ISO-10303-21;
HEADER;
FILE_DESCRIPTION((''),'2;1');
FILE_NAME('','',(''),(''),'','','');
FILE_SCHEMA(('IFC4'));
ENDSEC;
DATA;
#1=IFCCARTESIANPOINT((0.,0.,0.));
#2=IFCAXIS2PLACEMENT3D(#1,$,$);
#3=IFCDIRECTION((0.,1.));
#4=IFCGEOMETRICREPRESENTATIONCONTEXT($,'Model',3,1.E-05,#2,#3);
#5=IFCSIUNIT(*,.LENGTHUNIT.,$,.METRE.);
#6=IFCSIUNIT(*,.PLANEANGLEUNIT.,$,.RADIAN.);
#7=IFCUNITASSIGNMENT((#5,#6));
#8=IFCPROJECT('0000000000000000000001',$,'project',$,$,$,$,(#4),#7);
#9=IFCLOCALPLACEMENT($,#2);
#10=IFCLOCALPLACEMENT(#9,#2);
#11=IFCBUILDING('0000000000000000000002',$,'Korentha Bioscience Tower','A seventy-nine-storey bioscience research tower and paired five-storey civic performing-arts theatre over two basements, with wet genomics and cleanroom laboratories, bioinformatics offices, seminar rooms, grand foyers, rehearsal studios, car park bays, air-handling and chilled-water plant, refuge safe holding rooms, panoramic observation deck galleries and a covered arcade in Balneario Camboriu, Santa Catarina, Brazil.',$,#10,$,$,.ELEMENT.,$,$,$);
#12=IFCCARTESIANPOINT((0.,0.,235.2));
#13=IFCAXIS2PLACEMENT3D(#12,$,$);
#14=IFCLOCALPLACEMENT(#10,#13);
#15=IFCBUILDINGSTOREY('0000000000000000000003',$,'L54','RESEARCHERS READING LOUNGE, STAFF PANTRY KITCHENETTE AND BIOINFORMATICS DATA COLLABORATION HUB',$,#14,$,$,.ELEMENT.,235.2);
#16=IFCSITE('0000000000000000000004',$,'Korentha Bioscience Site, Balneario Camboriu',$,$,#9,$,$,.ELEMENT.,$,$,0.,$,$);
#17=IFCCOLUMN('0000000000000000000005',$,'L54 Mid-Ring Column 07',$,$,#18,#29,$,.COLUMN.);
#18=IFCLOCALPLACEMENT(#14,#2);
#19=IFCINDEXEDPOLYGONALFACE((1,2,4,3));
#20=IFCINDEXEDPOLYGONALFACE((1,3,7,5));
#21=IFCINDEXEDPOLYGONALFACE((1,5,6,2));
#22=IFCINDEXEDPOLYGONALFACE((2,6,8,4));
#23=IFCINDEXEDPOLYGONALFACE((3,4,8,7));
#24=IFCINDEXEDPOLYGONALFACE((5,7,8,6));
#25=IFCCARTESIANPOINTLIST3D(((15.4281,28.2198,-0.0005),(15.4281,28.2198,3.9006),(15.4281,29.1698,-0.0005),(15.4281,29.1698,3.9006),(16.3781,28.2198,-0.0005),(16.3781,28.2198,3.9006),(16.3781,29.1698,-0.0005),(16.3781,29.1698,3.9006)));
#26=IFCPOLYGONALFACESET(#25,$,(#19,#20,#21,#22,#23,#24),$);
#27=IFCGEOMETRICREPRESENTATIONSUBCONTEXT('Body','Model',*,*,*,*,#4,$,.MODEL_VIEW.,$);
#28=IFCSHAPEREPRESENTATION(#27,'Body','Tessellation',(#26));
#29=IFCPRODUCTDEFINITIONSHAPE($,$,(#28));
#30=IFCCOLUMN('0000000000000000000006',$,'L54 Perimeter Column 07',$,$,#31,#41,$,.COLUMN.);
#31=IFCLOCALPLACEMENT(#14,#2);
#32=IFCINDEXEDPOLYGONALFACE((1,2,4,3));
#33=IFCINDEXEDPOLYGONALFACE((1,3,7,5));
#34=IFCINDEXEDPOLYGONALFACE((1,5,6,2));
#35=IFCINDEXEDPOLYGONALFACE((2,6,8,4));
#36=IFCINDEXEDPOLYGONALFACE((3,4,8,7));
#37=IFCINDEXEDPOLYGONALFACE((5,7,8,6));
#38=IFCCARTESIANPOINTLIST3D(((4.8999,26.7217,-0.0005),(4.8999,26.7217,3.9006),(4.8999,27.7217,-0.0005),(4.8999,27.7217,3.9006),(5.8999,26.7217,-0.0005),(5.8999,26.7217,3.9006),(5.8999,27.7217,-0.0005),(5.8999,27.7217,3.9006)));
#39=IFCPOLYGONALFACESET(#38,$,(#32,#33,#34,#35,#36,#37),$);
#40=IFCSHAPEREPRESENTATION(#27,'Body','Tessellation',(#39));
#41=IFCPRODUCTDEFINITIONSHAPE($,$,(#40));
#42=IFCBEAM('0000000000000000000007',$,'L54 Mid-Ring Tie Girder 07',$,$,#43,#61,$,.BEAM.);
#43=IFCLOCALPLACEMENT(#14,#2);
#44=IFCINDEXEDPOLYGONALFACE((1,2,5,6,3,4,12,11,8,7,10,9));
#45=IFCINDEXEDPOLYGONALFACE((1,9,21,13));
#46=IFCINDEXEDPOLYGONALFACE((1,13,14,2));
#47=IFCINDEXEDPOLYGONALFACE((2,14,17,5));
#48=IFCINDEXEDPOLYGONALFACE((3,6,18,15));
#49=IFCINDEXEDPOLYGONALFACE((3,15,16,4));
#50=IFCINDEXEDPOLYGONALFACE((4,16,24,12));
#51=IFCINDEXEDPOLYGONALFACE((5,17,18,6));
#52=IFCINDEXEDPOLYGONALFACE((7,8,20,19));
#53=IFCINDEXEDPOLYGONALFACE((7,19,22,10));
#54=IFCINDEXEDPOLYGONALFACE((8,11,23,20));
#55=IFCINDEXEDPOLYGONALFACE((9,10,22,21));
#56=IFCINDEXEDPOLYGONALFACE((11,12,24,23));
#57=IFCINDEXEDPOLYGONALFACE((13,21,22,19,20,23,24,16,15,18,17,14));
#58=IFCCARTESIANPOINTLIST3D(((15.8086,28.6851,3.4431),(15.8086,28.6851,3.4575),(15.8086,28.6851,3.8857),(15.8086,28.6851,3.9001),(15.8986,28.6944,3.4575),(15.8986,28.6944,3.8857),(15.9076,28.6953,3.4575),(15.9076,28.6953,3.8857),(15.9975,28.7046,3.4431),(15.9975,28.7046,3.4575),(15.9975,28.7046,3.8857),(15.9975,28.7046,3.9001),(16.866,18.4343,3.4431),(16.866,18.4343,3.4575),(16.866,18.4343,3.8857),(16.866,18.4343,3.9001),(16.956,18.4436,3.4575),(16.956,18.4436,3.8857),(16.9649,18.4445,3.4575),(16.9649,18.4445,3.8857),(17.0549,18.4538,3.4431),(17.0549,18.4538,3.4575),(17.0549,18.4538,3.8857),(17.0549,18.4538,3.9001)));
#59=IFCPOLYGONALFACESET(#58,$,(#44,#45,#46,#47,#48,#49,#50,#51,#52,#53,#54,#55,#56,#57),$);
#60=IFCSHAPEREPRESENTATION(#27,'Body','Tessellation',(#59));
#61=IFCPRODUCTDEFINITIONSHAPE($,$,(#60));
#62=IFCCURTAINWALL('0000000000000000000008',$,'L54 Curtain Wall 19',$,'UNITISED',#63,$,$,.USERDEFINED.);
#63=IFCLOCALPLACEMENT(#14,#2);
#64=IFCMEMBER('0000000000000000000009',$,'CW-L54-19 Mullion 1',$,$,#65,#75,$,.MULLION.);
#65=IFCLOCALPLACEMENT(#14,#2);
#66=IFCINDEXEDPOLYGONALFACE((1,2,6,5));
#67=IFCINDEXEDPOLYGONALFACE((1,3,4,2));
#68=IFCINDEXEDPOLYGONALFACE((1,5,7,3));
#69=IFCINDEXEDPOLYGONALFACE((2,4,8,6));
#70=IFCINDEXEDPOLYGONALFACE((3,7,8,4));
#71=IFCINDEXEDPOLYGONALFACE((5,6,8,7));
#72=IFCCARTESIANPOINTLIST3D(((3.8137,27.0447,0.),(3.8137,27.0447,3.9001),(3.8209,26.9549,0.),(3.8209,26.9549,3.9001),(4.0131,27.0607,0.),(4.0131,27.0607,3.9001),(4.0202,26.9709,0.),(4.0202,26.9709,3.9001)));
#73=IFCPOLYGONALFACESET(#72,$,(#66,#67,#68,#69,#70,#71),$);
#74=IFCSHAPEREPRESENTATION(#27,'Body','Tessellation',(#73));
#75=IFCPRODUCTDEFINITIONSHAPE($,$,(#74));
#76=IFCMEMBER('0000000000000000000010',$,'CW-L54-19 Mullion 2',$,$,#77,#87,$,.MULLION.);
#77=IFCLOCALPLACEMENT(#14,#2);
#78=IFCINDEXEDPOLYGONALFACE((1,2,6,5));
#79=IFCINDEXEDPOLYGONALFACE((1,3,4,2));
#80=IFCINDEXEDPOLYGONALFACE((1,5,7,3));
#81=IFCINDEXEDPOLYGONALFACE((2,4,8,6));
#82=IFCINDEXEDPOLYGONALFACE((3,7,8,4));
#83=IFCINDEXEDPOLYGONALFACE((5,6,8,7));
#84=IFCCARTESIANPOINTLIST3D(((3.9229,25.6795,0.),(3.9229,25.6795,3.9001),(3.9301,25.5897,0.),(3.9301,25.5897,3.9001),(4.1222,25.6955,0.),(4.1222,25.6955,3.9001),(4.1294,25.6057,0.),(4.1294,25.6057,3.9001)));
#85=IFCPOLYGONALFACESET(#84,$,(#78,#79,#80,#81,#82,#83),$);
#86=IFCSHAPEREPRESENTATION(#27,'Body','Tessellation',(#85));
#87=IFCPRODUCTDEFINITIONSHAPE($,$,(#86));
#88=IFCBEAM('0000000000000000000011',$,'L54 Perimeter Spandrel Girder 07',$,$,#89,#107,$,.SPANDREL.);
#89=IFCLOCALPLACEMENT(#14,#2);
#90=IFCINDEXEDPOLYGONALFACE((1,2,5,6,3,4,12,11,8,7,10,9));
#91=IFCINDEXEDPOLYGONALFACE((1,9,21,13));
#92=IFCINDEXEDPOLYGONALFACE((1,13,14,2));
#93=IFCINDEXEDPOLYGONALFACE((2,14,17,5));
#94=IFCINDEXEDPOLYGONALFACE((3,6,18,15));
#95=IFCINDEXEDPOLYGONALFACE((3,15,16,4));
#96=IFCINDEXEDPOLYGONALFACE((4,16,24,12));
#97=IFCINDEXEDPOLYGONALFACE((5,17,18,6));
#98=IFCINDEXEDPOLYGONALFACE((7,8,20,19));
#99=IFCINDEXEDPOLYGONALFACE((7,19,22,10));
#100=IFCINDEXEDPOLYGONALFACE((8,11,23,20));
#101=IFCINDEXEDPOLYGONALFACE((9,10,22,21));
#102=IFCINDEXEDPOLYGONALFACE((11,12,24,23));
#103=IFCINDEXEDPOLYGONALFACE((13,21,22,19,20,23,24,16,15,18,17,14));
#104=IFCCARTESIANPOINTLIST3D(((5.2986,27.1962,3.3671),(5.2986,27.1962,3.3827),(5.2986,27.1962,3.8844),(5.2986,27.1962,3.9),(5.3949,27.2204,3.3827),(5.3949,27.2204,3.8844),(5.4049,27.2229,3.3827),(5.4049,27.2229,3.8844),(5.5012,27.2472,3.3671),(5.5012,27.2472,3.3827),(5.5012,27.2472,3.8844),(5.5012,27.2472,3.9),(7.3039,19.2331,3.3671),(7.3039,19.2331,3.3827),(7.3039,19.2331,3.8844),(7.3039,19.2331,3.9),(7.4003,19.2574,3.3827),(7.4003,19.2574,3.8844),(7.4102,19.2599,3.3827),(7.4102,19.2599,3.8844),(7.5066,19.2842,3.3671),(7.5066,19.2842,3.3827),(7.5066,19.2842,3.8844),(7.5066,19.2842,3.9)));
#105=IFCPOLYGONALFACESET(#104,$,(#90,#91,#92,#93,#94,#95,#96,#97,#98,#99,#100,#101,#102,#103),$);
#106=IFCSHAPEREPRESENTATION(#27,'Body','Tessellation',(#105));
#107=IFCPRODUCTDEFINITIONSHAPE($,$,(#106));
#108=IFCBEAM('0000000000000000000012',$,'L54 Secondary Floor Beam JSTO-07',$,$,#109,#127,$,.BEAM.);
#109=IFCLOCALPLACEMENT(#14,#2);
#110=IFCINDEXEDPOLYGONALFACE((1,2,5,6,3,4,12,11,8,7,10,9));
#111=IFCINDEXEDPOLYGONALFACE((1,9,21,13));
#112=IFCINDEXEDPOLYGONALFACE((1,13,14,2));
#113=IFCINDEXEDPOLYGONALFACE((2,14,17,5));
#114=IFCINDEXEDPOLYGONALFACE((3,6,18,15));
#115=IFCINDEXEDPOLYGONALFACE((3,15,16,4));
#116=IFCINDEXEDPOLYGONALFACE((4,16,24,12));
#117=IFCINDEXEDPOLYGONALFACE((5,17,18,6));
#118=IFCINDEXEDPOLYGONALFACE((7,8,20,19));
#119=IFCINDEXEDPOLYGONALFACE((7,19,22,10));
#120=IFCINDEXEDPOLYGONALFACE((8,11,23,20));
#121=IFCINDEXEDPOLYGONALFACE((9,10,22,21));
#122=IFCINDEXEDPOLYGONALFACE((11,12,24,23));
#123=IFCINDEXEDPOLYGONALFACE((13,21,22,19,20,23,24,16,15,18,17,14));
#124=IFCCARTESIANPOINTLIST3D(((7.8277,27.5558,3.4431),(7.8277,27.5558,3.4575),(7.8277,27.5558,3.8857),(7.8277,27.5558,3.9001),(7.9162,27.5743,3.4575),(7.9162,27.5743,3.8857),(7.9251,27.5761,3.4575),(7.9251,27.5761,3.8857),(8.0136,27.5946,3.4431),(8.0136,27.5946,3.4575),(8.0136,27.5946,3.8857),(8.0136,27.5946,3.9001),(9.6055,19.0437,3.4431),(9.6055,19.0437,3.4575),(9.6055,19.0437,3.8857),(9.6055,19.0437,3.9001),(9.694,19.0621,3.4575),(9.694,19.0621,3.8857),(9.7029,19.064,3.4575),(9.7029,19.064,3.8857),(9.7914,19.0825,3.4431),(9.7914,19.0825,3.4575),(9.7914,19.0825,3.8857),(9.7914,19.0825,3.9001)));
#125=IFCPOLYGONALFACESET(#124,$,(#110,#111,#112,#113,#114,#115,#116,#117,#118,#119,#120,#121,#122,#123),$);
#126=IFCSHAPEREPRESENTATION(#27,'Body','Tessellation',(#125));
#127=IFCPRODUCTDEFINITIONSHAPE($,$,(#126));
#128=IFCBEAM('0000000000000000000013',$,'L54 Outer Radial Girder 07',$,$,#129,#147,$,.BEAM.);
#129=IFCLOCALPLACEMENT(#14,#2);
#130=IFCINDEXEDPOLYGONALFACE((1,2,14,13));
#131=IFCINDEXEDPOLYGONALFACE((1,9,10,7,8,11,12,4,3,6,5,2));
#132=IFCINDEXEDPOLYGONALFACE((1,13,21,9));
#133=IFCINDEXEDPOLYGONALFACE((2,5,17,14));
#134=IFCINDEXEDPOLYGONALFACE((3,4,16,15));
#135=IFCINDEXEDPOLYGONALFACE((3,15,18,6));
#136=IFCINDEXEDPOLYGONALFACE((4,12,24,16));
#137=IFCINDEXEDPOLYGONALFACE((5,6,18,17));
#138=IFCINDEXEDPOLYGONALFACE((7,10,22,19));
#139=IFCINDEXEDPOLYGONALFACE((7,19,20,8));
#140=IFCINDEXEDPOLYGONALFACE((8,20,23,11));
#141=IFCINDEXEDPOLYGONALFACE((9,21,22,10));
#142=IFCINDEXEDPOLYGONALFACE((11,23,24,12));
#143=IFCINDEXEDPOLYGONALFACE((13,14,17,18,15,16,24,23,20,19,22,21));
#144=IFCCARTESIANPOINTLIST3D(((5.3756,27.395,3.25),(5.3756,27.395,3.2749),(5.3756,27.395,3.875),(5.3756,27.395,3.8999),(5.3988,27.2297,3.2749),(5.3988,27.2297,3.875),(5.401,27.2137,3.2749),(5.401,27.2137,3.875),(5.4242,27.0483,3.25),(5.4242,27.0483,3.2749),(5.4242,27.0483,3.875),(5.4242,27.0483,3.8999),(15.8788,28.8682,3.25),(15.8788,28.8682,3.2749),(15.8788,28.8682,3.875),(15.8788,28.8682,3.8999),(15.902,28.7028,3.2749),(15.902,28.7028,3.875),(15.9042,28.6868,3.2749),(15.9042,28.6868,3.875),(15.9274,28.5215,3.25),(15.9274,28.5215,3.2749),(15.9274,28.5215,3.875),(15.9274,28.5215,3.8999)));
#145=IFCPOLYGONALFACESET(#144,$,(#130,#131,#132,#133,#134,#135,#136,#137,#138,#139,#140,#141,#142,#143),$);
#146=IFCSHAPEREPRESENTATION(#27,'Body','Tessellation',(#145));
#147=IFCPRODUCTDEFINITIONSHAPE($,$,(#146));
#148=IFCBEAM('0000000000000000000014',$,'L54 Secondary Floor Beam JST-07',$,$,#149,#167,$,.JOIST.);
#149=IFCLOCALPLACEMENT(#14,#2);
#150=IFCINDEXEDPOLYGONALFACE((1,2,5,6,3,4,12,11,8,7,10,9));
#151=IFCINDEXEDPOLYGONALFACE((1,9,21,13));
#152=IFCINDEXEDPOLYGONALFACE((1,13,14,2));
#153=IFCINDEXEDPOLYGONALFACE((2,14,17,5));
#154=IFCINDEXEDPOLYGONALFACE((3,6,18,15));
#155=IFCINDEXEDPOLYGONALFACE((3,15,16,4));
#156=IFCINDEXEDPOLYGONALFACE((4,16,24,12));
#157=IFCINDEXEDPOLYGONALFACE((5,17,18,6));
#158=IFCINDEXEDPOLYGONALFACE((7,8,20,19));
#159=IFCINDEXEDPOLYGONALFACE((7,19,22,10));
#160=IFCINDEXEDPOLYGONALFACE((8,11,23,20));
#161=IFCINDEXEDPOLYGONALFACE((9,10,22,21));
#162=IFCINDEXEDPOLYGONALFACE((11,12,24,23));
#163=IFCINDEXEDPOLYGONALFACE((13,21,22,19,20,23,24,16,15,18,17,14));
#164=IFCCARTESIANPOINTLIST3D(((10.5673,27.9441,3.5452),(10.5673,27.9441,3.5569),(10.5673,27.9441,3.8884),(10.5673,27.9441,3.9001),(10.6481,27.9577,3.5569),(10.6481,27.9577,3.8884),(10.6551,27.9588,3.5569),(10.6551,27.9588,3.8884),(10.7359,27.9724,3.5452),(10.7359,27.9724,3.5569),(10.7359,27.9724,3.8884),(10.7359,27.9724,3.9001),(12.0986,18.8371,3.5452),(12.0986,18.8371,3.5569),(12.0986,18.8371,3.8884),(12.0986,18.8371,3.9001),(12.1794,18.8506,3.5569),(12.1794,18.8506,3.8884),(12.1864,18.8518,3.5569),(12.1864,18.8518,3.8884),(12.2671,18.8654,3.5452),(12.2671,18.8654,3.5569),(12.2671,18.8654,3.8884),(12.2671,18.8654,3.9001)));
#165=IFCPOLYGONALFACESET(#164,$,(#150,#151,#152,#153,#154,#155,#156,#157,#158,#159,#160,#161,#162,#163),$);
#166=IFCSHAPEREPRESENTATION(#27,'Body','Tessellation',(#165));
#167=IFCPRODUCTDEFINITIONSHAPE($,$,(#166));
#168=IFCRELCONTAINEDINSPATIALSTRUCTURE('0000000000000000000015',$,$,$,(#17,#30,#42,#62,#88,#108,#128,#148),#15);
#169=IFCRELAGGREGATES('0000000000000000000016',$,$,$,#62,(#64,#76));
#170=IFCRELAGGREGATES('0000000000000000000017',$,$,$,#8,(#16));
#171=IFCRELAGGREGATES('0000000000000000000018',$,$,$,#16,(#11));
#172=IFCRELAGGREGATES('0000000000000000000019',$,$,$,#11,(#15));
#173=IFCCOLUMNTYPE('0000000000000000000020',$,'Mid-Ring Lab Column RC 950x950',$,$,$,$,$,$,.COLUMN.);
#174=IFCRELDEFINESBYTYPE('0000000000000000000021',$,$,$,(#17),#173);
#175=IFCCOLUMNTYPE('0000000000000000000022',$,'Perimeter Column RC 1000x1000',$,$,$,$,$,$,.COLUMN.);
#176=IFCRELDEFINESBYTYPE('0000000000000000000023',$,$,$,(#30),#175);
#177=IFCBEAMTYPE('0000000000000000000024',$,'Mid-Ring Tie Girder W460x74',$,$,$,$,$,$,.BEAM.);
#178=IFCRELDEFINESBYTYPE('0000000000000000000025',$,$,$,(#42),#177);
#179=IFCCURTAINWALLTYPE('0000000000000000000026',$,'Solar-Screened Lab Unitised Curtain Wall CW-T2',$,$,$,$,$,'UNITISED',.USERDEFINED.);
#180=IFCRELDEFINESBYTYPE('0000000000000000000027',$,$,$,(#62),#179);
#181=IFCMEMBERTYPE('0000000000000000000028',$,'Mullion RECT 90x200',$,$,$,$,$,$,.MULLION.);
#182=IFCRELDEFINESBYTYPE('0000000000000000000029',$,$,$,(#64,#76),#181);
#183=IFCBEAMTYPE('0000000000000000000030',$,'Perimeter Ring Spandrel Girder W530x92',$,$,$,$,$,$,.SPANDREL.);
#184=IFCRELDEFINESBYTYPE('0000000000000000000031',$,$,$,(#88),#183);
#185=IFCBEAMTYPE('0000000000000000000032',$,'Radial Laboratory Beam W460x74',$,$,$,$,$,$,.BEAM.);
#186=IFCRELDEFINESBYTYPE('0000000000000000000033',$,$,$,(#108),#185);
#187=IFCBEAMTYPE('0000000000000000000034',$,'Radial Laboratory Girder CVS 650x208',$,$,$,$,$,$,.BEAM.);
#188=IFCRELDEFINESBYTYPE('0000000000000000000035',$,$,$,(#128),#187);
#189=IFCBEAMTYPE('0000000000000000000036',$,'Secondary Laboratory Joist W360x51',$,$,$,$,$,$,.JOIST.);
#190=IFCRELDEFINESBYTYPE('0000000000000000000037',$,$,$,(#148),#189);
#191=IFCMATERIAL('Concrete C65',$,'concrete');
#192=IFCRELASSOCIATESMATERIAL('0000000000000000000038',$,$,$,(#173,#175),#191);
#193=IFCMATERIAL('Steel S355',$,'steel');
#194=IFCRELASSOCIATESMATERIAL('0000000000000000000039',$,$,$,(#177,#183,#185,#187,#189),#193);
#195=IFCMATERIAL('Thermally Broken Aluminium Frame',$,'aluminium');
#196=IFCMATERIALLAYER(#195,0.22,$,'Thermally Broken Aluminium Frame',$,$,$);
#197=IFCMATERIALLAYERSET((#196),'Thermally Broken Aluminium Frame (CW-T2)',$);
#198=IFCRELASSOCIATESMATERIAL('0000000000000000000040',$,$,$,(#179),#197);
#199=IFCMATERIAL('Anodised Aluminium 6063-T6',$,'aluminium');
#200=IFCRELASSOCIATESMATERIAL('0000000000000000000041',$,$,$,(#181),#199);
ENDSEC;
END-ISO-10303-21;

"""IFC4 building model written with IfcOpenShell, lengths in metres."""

from ifc_helpers import new_model, si_unit, direction, frame, origin, origin_2d, place, context, subcontext, project, spatial, rectangle, i_section, extrude, material, layer, layer_set, material_profile, profile_set, type_object, element, aggregate, save


model = new_model("IFC4")

# Units and contexts
model_context = context("Model", 3, precision=1e-05, world=origin(), true_north=direction((0.0, 1.0)))
body_context = subcontext(model_context, "Body", "Model", "MODEL_VIEW")
ifc_project = project(units=[si_unit("LENGTHUNIT", "METRE"), si_unit("PLANEANGLEUNIT", "RADIAN")], contexts=[model_context])

# Site, building, storey
site_placement = place(None, origin())
site = spatial("IfcSite", under=ifc_project, at=site_placement, Name="Korentha Bioscience Site, Balneario Camboriu", CompositionType="ELEMENT", RefElevation=0.0)
building_placement = place(site_placement, origin())
building = spatial("IfcBuilding", under=site, at=building_placement, Name="Korentha Bioscience Tower", Description="A seventy-nine-storey bioscience research tower and paired five-storey civic performing-arts theatre over two basements, with wet genomics and cleanroom laboratories, bioinformatics offices, seminar rooms, grand foyers, rehearsal studios, car park bays, air-handling and chilled-water plant, refuge safe holding rooms, panoramic observation deck galleries and a covered arcade in Balneario Camboriu, Santa Catarina, Brazil.", CompositionType="ELEMENT")
storey_placement = place(building_placement, frame((0.0, 0.0, 235.2)))
storey = spatial("IfcBuildingStorey", under=building, at=storey_placement, Name="L54", Description="RESEARCHERS READING LOUNGE, STAFF PANTRY KITCHENETTE AND BIOINFORMATICS DATA COLLABORATION HUB", CompositionType="ELEMENT", Elevation=235.2)

# Columns
ifc_material_1 = material(Name="Concrete C65", Category="concrete")
ifc_material_profile_1 = material_profile(ifc_material_1, rectangle(XDim=0.95, YDim=0.95, at=origin_2d()), Name="Concrete C65")
ifc_profile_set_1 = profile_set([ifc_material_profile_1], Name="Concrete C65 (COL-MR09)")
column_type_1 = type_object("IfcColumnType", Name="Mid-Ring Lab Column RC 950x950", PredefinedType="COLUMN", material=ifc_profile_set_1)
column_1_placement = place(storey_placement, frame((15.9031, 28.6948, -0.0005), z_axis=(0.0, 0.0, 1.0), x_axis=(1.0, 0.0, 0.0)))
element("IfcColumn", 1, at=column_1_placement, inside=storey, type_object=column_type_1, Name="L54 Mid-Ring Column 07", PredefinedType="COLUMN", context=body_context, shape_type="SweptSolid", body=[
    extrude(rectangle(XDim=0.95, YDim=0.95, at=origin_2d()), origin(), (0.0, 0.0, 1.0), 3.9011),
])
ifc_material_profile_2 = material_profile(ifc_material_1, rectangle(XDim=1.0, YDim=1.0, at=origin_2d()), Name="Concrete C65")
ifc_profile_set_2 = profile_set([ifc_material_profile_2], Name="Concrete C65 (COL-P10)")
column_type_2 = type_object("IfcColumnType", Name="Perimeter Column RC 1000x1000", PredefinedType="COLUMN", material=ifc_profile_set_2)
column_2_placement = place(storey_placement, frame((5.3999, 27.2217, -0.0005), z_axis=(0.0, 0.0, 1.0), x_axis=(0.0, 1.0, 0.0)))
element("IfcColumn", 2, at=column_2_placement, inside=storey, type_object=column_type_2, Name="L54 Perimeter Column 07", PredefinedType="COLUMN", context=body_context, shape_type="SweptSolid", body=[
    extrude(rectangle(XDim=1.0, YDim=1.0, at=origin_2d()), origin(), (0.0, 0.0, 1.0), 3.9011),
])

# Beam
ifc_material_2 = material(Name="Steel S355", Category="steel")
ifc_material_profile_3 = material_profile(ifc_material_2, i_section(OverallWidth=0.1899, OverallDepth=0.457, WebThickness=0.009, FlangeThickness=0.0144, at=origin_2d()), Name="Steel S355")
ifc_profile_set_3 = profile_set([ifc_material_profile_3], Name="Steel S355 (MB-460)")
beam_type_1 = type_object("IfcBeamType", Name="Mid-Ring Tie Girder W460x74", PredefinedType="BEAM", material=ifc_profile_set_3)
beam_1_placement = place(storey_placement, frame((15.9031, 28.6948, 3.6716), z_axis=(0.102607, -0.994722, 0.0), x_axis=(0.994722, 0.102607, 0.0)))
element("IfcBeam", 3, at=beam_1_placement, inside=storey, type_object=beam_type_1, Name="L54 Mid-Ring Tie Girder 07", PredefinedType="BEAM", context=body_context, shape_type="SweptSolid", body=[
    extrude(i_section(OverallWidth=0.1899, OverallDepth=0.457, WebThickness=0.009, FlangeThickness=0.0144, at=origin_2d()), origin(), (0.0, 0.0, 1.0), 10.3052),
])

# Curtain wall, members
ifc_material_3 = material(Name="Thermally Broken Aluminium Frame", Category="aluminium")
ifc_layer_1 = layer(ifc_material_3, 0.22, Name="Thermally Broken Aluminium Frame")
ifc_layer_set_1 = layer_set([ifc_layer_1], Name="Thermally Broken Aluminium Frame (CW-T2)")
curtain_wall_type = type_object("IfcCurtainWallType", Name="Solar-Screened Lab Unitised Curtain Wall CW-T2", ElementType="UNITISED", PredefinedType="USERDEFINED", material=ifc_layer_set_1)
curtain_wall_placement = place(storey_placement, origin())
curtain_wall = element("IfcCurtainWall", 4, at=curtain_wall_placement, inside=storey, type_object=curtain_wall_type, Name="L54 Curtain Wall 19", ObjectType="UNITISED", PredefinedType="USERDEFINED")
ifc_material_4 = material(Name="Anodised Aluminium 6063-T6", Category="aluminium")
ifc_material_profile_4 = material_profile(ifc_material_4, rectangle(XDim=0.0901, YDim=0.2, at=origin_2d()), Name="Anodised Aluminium 6063-T6")
ifc_profile_set_4 = profile_set([ifc_material_profile_4], Name="Anodised Aluminium 6063-T6 (CW-MUL)")
member_type_1 = type_object("IfcMemberType", Name="Mullion RECT 90x200", PredefinedType="MULLION", material=ifc_profile_set_4)
member_1_placement = place(storey_placement, frame((3.917, 27.0078, 0.0), z_axis=(0.0, 0.0, 1.0), x_axis=(0.079748, -0.996815, 0.0)))
member_1 = element("IfcMember", 5, at=member_1_placement, type_object=member_type_1, Name="CW-L54-19 Mullion 1", PredefinedType="MULLION", context=body_context, shape_type="SweptSolid", body=[
    extrude(rectangle(XDim=0.0901, YDim=0.2, at=origin_2d()), origin(), (0.0, 0.0, 1.0), 3.9001),
])
member_2_placement = place(storey_placement, frame((4.0261, 25.6426, 0.0), z_axis=(0.0, 0.0, 1.0), x_axis=(0.079748, -0.996815, 0.0)))
member_2 = element("IfcMember", 6, at=member_2_placement, type_object=member_type_1, Name="CW-L54-19 Mullion 2", PredefinedType="MULLION", context=body_context, shape_type="SweptSolid", body=[
    extrude(rectangle(XDim=0.0901, YDim=0.2, at=origin_2d()), origin(), (0.0, 0.0, 1.0), 3.9001),
])

# Beams
ifc_material_profile_5 = material_profile(ifc_material_2, i_section(OverallWidth=0.209, OverallDepth=0.533, WebThickness=0.0103, FlangeThickness=0.0156, at=origin_2d()), Name="Steel S355")
ifc_profile_set_5 = profile_set([ifc_material_profile_5], Name="Steel S355 (SB-530)")
beam_type_2 = type_object("IfcBeamType", Name="Perimeter Ring Spandrel Girder W530x92", PredefinedType="SPANDREL", material=ifc_profile_set_5)
beam_2_placement = place(storey_placement, frame((5.3999, 27.2217, 3.6335), z_axis=(0.244207, -0.969723, 0.0), x_axis=(0.969723, 0.244207, 0.0)))
element("IfcBeam", 7, at=beam_2_placement, inside=storey, type_object=beam_type_2, Name="L54 Perimeter Spandrel Girder 07", PredefinedType="SPANDREL", context=body_context, shape_type="SweptSolid", body=[
    extrude(i_section(OverallWidth=0.209, OverallDepth=0.533, WebThickness=0.0103, FlangeThickness=0.0156, at=origin_2d()), origin(), (0.0, 0.0, 1.0), 8.2117),
])
ifc_material_profile_6 = material_profile(ifc_material_2, i_section(OverallWidth=0.1899, OverallDepth=0.457, WebThickness=0.009, FlangeThickness=0.0144, at=origin_2d()), Name="Steel S355")
ifc_profile_set_6 = profile_set([ifc_material_profile_6], Name="Steel S355 (RB-460)")
beam_type_3 = type_object("IfcBeamType", Name="Radial Laboratory Beam W460x74", PredefinedType="BEAM", material=ifc_profile_set_6)
beam_3_placement = place(storey_placement, frame((7.9207, 27.5752, 3.6716), z_axis=(0.204445, -0.978878, 0.0), x_axis=(0.978878, 0.204445, 0.0)))
element("IfcBeam", 8, at=beam_3_placement, inside=storey, type_object=beam_type_3, Name="L54 Secondary Floor Beam JSTO-07", PredefinedType="BEAM", context=body_context, shape_type="SweptSolid", body=[
    extrude(i_section(OverallWidth=0.1899, OverallDepth=0.457, WebThickness=0.009, FlangeThickness=0.0144, at=origin_2d()), origin(), (0.0, 0.0, 1.0), 8.6958),
])
ifc_material_profile_7 = material_profile(ifc_material_2, i_section(OverallWidth=0.3501, OverallDepth=0.6499, WebThickness=0.0161, FlangeThickness=0.0249, at=origin_2d()), Name="Steel S355")
ifc_profile_set_7 = profile_set([ifc_material_profile_7], Name="Steel S355 (RB-650)")
beam_type_4 = type_object("IfcBeamType", Name="Radial Laboratory Girder CVS 650x208", PredefinedType="BEAM", material=ifc_profile_set_7)
beam_4_placement = place(storey_placement, frame((15.9031, 28.6948, 3.575), z_axis=(-0.990307, -0.138898, 0.0), x_axis=(0.138898, -0.990307, 0.0)))
element("IfcBeam", 9, at=beam_4_placement, inside=storey, type_object=beam_type_4, Name="L54 Outer Radial Girder 07", PredefinedType="BEAM", context=body_context, shape_type="SweptSolid", body=[
    extrude(i_section(OverallWidth=0.3501, OverallDepth=0.6499, WebThickness=0.0161, FlangeThickness=0.0249, at=origin_2d()), origin(), (0.0, 0.0, 1.0), 10.606),
])
ifc_material_profile_8 = material_profile(ifc_material_2, i_section(OverallWidth=0.1709, OverallDepth=0.355, WebThickness=0.0071, FlangeThickness=0.0117, at=origin_2d()), Name="Steel S355")
ifc_profile_set_8 = profile_set([ifc_material_profile_8], Name="Steel S355 (JB-360)")
beam_type_5 = type_object("IfcBeamType", Name="Secondary Laboratory Joist W360x51", PredefinedType="JOIST", material=ifc_profile_set_8)
beam_5_placement = place(storey_placement, frame((10.6516, 27.9583, 3.7227), z_axis=(0.165814, -0.986157, 0.0), x_axis=(0.986157, 0.165814, 0.0)))
element("IfcBeam", 10, at=beam_5_placement, inside=storey, type_object=beam_type_5, Name="L54 Secondary Floor Beam JST-07", PredefinedType="JOIST", context=body_context, shape_type="SweptSolid", body=[
    extrude(i_section(OverallWidth=0.1709, OverallDepth=0.355, WebThickness=0.0071, FlangeThickness=0.0117, at=origin_2d()), origin(), (0.0, 0.0, 1.0), 9.2349),
])

aggregate(curtain_wall, [member_1, member_2])

save(model, "model.ifc")
